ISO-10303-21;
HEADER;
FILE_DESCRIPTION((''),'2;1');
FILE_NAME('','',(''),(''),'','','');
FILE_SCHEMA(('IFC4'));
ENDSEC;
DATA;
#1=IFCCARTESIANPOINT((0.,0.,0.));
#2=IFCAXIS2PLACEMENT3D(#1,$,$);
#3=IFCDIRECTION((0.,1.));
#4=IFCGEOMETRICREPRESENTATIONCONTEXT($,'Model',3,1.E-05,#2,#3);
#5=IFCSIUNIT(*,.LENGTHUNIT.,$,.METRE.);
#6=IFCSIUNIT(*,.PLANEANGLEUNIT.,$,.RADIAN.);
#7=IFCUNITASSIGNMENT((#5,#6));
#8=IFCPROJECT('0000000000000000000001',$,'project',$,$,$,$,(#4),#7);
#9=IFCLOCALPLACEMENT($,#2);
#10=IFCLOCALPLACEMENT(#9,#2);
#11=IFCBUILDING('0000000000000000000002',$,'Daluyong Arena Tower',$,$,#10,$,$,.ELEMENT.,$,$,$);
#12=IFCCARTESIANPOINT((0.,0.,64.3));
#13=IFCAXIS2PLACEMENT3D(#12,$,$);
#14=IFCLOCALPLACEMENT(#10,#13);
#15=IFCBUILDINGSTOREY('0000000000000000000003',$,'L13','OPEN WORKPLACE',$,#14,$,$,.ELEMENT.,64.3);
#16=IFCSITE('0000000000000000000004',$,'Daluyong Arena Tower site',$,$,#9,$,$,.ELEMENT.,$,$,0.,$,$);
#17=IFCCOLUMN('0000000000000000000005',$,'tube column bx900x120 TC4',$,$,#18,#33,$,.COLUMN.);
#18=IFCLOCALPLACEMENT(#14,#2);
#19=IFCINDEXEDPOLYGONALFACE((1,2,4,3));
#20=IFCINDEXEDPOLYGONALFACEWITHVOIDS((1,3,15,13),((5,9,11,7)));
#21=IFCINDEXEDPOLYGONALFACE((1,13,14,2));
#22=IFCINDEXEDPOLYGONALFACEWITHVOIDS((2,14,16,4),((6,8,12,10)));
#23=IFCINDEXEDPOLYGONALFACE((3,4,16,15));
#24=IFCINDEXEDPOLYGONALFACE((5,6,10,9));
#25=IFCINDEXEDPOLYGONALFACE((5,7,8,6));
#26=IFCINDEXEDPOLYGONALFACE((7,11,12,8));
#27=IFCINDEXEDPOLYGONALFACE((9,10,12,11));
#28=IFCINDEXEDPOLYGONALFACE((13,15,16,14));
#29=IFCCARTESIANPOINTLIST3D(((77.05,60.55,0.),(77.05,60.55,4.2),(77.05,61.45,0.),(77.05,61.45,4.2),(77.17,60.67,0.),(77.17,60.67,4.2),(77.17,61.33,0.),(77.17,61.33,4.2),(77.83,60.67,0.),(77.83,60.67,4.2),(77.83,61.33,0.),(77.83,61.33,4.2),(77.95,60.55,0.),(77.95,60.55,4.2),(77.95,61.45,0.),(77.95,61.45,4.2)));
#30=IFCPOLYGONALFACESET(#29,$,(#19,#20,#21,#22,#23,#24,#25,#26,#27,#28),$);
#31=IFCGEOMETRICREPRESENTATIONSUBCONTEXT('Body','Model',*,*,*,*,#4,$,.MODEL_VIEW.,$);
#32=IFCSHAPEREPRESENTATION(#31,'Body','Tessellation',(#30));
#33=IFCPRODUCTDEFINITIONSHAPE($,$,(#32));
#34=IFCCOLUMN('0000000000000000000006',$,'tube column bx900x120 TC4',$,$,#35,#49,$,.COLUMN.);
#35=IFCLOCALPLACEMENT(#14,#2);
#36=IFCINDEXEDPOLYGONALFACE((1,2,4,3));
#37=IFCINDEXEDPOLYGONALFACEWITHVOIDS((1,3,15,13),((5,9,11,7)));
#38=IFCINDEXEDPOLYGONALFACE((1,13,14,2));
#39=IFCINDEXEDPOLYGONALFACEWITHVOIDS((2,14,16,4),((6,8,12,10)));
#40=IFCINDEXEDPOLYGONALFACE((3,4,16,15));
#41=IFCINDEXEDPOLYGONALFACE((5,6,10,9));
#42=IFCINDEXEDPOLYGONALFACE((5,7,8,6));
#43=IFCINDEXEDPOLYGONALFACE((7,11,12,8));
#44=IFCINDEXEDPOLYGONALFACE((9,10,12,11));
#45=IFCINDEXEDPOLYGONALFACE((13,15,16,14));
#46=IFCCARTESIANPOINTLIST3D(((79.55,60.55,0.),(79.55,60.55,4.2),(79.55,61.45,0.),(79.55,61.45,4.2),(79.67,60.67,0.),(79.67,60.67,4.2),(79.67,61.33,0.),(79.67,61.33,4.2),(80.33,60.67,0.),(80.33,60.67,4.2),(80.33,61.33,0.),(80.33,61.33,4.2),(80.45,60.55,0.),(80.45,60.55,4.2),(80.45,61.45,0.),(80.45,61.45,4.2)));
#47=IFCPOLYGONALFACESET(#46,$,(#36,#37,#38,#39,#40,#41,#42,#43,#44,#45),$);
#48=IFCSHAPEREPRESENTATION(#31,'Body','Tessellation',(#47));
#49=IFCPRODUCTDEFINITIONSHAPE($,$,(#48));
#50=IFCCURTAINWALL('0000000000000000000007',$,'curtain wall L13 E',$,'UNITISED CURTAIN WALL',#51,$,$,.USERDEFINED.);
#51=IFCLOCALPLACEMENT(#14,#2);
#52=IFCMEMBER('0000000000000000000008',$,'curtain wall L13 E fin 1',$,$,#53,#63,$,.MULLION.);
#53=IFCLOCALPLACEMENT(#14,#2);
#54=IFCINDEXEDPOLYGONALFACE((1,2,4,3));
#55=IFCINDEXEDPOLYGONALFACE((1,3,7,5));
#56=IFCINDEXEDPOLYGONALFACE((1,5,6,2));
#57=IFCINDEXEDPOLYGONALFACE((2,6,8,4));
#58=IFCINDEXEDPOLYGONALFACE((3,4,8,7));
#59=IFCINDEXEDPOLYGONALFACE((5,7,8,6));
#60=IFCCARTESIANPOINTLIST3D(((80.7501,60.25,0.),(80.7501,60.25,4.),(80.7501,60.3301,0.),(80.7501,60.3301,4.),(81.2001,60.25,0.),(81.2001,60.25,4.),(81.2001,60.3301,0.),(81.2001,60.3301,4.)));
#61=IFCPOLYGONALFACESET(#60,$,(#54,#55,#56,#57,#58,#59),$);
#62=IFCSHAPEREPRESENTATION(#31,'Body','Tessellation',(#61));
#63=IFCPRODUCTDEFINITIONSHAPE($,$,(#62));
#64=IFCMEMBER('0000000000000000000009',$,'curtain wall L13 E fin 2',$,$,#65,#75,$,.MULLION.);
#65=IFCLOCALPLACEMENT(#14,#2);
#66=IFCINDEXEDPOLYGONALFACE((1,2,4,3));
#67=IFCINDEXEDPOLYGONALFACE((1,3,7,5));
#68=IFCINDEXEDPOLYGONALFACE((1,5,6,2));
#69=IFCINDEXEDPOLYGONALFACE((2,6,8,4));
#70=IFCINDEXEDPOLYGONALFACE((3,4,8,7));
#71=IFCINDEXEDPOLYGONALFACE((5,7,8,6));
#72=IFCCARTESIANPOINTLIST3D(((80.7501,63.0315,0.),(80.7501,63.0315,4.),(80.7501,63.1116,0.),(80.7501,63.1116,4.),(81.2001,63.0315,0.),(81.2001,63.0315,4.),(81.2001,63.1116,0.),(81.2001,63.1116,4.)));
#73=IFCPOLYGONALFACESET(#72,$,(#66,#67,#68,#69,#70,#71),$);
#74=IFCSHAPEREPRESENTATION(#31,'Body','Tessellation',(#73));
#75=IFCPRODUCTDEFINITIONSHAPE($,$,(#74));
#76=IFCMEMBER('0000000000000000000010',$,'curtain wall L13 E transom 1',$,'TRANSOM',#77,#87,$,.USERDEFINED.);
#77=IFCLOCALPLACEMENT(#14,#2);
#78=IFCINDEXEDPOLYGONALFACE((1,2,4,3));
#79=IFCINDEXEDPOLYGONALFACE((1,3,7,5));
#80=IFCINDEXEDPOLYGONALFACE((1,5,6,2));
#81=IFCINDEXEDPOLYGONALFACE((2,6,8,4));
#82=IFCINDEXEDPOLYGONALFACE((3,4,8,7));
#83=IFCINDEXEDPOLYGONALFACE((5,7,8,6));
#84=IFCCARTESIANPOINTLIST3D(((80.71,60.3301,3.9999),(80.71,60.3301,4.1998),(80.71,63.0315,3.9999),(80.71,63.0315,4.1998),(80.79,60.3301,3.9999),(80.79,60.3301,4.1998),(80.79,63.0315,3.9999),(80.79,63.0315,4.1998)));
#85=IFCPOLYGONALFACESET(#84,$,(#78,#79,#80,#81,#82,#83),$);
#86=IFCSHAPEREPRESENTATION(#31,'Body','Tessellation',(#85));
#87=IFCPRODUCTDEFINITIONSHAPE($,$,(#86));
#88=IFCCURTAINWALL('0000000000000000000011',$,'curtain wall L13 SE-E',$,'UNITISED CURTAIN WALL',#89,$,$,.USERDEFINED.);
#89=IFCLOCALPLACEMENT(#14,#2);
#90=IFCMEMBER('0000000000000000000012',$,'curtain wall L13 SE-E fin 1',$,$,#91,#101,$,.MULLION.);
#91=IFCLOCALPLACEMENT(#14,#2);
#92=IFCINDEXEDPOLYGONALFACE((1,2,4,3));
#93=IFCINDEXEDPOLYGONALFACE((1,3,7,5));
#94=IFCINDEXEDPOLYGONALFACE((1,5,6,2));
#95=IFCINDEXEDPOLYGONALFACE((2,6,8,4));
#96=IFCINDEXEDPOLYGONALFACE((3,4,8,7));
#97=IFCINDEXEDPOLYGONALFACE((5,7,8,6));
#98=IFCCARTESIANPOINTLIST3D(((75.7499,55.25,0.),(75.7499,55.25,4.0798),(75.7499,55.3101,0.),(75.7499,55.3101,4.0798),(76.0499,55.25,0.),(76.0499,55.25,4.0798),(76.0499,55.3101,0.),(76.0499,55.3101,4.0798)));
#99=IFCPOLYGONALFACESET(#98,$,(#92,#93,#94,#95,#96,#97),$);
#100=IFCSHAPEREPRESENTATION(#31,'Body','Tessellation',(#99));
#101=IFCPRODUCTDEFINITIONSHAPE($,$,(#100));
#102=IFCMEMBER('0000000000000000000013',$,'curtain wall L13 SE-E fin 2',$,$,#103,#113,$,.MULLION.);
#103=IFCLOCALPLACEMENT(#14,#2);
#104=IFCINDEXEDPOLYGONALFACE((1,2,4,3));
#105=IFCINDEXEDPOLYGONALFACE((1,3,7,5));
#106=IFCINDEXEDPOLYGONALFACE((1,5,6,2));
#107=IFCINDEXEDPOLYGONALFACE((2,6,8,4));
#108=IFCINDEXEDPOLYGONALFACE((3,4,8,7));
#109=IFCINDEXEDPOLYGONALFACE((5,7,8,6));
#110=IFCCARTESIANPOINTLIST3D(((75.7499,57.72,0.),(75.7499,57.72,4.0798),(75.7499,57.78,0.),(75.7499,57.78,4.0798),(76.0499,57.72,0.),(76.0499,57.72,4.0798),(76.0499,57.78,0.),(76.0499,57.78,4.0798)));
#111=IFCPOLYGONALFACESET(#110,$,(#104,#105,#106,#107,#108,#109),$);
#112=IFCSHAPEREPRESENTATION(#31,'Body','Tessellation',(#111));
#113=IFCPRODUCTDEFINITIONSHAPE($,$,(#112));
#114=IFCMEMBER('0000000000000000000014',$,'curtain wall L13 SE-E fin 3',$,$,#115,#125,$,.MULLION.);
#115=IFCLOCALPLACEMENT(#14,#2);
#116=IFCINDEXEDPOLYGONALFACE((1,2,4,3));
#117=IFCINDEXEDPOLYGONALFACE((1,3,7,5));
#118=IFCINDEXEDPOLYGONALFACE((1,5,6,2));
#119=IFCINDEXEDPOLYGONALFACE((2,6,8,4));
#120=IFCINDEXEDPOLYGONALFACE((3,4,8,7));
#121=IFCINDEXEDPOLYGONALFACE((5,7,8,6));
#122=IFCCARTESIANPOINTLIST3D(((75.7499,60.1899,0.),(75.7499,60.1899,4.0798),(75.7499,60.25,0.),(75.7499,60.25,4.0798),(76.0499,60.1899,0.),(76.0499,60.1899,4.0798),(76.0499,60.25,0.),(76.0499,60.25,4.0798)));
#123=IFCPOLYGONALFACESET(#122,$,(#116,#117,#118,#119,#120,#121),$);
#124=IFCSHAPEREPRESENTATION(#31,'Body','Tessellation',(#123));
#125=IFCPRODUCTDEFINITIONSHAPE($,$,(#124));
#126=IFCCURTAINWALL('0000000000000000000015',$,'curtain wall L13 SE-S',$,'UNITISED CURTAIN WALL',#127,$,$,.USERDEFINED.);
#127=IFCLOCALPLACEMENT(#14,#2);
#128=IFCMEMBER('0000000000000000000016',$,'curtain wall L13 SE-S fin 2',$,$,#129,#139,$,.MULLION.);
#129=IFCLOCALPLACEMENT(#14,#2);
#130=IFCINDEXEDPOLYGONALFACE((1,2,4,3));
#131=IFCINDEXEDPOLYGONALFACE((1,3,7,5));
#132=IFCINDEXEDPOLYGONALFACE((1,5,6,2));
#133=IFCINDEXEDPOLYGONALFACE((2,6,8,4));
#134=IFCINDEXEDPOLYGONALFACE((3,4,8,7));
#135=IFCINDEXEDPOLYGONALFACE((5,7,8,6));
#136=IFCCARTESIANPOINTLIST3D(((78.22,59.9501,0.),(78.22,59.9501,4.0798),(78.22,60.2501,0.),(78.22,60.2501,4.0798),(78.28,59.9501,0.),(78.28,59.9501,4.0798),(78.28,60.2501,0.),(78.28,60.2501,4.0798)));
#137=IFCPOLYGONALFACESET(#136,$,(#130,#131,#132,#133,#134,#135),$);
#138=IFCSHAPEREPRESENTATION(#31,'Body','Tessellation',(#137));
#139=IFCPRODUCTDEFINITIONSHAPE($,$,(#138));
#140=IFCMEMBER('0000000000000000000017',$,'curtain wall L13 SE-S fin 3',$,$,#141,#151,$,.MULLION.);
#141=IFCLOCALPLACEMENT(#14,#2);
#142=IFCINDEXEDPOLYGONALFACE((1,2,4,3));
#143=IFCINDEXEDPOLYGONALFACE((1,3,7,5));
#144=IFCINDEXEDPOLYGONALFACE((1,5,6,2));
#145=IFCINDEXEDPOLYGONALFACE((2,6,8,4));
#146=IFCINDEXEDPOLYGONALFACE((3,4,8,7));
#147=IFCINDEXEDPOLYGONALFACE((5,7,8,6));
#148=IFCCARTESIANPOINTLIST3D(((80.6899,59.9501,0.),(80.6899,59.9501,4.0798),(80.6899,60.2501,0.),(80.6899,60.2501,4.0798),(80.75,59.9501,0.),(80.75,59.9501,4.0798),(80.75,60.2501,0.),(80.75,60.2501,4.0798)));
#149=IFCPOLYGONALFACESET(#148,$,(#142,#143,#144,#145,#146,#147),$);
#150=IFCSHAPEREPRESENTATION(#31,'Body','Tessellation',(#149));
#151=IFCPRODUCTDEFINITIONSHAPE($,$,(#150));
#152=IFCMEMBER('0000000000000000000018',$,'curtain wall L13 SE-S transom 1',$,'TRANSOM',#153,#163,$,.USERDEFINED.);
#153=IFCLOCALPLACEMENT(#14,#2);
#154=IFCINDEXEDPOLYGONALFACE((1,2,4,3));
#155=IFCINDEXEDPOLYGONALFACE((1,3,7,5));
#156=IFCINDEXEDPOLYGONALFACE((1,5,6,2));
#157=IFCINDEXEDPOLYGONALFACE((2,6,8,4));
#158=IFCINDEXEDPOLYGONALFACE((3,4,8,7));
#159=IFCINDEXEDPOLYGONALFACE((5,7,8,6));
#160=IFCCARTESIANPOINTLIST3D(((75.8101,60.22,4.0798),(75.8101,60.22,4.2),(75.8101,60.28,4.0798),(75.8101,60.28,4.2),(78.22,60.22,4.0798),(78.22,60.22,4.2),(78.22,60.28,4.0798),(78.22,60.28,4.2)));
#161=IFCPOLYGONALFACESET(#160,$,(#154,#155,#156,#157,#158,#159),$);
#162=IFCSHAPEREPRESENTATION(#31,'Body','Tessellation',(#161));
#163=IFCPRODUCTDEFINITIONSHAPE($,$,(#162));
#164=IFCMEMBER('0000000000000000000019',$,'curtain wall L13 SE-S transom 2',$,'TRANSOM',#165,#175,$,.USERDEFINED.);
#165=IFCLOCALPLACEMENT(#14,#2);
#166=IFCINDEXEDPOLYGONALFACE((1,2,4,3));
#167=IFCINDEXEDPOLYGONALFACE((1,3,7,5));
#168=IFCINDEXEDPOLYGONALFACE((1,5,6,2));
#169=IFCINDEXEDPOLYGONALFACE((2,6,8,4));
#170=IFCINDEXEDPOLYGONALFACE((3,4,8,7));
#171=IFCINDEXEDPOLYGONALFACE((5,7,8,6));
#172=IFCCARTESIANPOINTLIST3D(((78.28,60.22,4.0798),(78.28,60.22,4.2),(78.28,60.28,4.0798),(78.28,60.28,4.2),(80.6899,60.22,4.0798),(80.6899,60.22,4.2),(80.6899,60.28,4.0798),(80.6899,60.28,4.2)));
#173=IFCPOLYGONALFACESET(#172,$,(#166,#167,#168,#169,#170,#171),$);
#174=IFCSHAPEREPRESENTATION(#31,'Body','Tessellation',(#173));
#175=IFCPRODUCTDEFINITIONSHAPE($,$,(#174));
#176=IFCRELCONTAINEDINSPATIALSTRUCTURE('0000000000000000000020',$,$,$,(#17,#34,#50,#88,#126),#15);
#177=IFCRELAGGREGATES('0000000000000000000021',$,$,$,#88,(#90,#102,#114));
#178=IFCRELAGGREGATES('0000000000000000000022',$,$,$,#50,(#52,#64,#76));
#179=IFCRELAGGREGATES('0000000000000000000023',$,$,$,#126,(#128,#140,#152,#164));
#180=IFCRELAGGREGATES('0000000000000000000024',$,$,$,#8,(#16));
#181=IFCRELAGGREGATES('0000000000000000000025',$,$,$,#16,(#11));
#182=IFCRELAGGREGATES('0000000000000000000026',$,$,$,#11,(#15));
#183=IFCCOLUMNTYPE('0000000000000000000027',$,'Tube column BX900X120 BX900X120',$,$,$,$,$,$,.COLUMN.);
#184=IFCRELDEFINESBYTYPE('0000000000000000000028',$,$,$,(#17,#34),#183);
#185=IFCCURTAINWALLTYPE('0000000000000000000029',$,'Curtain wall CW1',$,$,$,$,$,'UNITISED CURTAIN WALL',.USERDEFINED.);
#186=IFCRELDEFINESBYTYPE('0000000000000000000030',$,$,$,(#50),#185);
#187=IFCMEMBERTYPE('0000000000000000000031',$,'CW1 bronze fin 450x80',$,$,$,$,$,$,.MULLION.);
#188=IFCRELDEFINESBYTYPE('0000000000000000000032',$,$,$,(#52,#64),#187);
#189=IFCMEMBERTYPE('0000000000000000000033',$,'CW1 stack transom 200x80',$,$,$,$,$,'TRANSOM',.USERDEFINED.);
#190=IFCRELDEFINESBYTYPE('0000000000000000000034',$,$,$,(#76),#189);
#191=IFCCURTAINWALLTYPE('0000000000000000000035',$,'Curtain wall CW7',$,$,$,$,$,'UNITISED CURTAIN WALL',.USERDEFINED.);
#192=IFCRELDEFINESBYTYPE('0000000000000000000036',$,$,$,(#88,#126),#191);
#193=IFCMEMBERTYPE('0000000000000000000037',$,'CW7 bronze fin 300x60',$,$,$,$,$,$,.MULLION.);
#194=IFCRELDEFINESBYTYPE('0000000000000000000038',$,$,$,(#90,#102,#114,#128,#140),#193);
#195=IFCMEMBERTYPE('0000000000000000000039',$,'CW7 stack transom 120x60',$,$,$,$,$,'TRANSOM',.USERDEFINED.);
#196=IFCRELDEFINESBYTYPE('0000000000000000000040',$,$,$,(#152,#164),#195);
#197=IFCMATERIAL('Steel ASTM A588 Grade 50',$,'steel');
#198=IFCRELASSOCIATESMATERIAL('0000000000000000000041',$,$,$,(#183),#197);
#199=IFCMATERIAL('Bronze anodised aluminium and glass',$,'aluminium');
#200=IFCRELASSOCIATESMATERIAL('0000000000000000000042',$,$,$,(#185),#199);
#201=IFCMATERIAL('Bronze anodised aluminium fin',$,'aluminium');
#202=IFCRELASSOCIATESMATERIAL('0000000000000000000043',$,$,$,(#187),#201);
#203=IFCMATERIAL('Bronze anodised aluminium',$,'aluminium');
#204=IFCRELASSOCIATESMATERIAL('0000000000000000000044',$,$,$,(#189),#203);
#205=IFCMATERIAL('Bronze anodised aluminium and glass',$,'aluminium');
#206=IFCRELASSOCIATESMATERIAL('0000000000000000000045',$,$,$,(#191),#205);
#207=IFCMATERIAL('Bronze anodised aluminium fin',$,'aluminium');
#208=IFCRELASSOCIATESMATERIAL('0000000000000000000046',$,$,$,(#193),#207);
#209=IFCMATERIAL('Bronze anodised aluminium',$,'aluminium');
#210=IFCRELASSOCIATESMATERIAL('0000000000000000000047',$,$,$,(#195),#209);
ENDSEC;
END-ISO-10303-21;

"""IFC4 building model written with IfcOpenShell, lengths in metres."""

from ifc_helpers import new_model, si_unit, direction, frame, origin, origin_2d, place, context, subcontext, project, spatial, rectangle, hollow_rectangle, extrude, material, material_profile, profile_set, type_object, element, aggregate, save


model = new_model("IFC4")

# Units and contexts
model_context = context("Model", 3, precision=1e-05, world=origin(), true_north=direction((0.0, 1.0)))
body_context = subcontext(model_context, "Body", "Model", "MODEL_VIEW")
ifc_project = project(units=[si_unit("LENGTHUNIT", "METRE"), si_unit("PLANEANGLEUNIT", "RADIAN")], contexts=[model_context])

# Site, building, storey
site_placement = place(None, origin())
site = spatial("IfcSite", under=ifc_project, at=site_placement, Name="Daluyong Arena Tower site", CompositionType="ELEMENT", RefElevation=0.0)
building_placement = place(site_placement, origin())
building = spatial("IfcBuilding", under=site, at=building_placement, Name="Daluyong Arena Tower", CompositionType="ELEMENT")
storey_placement = place(building_placement, frame((0.0, 0.0, 64.3)))
storey = spatial("IfcBuildingStorey", under=building, at=storey_placement, Name="L13", Description="OPEN WORKPLACE", CompositionType="ELEMENT", Elevation=64.3)

# Columns
ifc_material_1 = material(Name="Steel ASTM A588 Grade 50", Category="steel")
ifc_material_profile_1 = material_profile(ifc_material_1, hollow_rectangle(XDim=0.8999, YDim=0.8999, WallThickness=0.12, at=origin_2d()))
ifc_profile_set_1 = profile_set([ifc_material_profile_1], Name="Steel ASTM A588 Grade 50")
column_type = type_object("IfcColumnType", Name="Tube column BX900X120 BX900X120", PredefinedType="COLUMN", material=ifc_profile_set_1)
for number, where, z_axis, x_axis, name in (
    (1, (77.5, 61.0, 0.0), (0.0, 0.0, 1.0), (1.0, 0.0, 0.0), "tube column bx900x120 TC4"),
    (2, (80.0, 61.0, 0.0), (0.0, 0.0, 1.0), (0.0, 1.0, 0.0), "tube column bx900x120 TC4"),
):
    element("IfcColumn", number, at=place(storey_placement, frame(where, z_axis=z_axis, x_axis=x_axis)), inside=storey, type_object=column_type, Name=name, PredefinedType="COLUMN", context=body_context, shape_type="SweptSolid", body=[
        extrude(hollow_rectangle(XDim=0.8999, YDim=0.8999, WallThickness=0.12, at=origin_2d()), origin(), (0.0, 0.0, 1.0), 4.2),
    ])

# Curtain walls, members
ifc_material_2 = material(Name="Bronze anodised aluminium and glass", Category="aluminium")
curtain_wall_type_1 = type_object("IfcCurtainWallType", Name="Curtain wall CW1", ElementType="UNITISED CURTAIN WALL", PredefinedType="USERDEFINED", material=ifc_material_2)
curtain_wall_1_placement = place(storey_placement, origin())
curtain_wall_1 = element("IfcCurtainWall", 3, at=curtain_wall_1_placement, inside=storey, type_object=curtain_wall_type_1, Name="curtain wall L13 E", ObjectType="UNITISED CURTAIN WALL", PredefinedType="USERDEFINED")
ifc_material_3 = material(Name="Bronze anodised aluminium fin", Category="aluminium")
ifc_material_profile_2 = material_profile(ifc_material_3, rectangle(XDim=0.45, YDim=0.0801, at=origin_2d()))
ifc_profile_set_2 = profile_set([ifc_material_profile_2], Name="Bronze anodised aluminium fin")
member_type_1 = type_object("IfcMemberType", Name="CW1 bronze fin 450x80", PredefinedType="MULLION", material=ifc_profile_set_2)
member_1_placement = place(storey_placement, frame((80.9751, 60.29, 0.0), z_axis=(0.0, 0.0, 1.0), x_axis=(-1.0, 0.0, 0.0)))
member_1 = element("IfcMember", 4, at=member_1_placement, type_object=member_type_1, Name="curtain wall L13 E fin 1", PredefinedType="MULLION", context=body_context, shape_type="SweptSolid", body=[
    extrude(rectangle(XDim=0.45, YDim=0.0801, at=origin_2d()), origin(), (0.0, 0.0, 1.0), 4.0),
])
member_2_placement = place(storey_placement, frame((80.9751, 63.0715, 0.0), z_axis=(0.0, 0.0, 1.0), x_axis=(-1.0, 0.0, 0.0)))
member_2 = element("IfcMember", 5, at=member_2_placement, type_object=member_type_1, Name="curtain wall L13 E fin 2", PredefinedType="MULLION", context=body_context, shape_type="SweptSolid", body=[
    extrude(rectangle(XDim=0.45, YDim=0.0801, at=origin_2d()), origin(), (0.0, 0.0, 1.0), 4.0),
])
ifc_material_4 = material(Name="Bronze anodised aluminium", Category="aluminium")
ifc_material_profile_3 = material_profile(ifc_material_4, rectangle(XDim=0.0801, YDim=0.2, at=origin_2d()))
ifc_profile_set_3 = profile_set([ifc_material_profile_3], Name="Bronze anodised aluminium")
member_type_2 = type_object("IfcMemberType", Name="CW1 stack transom 200x80", ElementType="TRANSOM", PredefinedType="USERDEFINED", material=ifc_profile_set_3)
member_3_placement = place(storey_placement, frame((80.75, 60.3301, 4.0999), z_axis=(0.0, 1.0, 0.0), x_axis=(-1.0, 0.0, 0.0)))
member_3 = element("IfcMember", 6, at=member_3_placement, type_object=member_type_2, Name="curtain wall L13 E transom 1", ObjectType="TRANSOM", PredefinedType="USERDEFINED", context=body_context, shape_type="SweptSolid", body=[
    extrude(rectangle(XDim=0.0801, YDim=0.2, at=origin_2d()), origin(), (0.0, 0.0, 1.0), 2.7014),
])
ifc_material_5 = material(Name="Bronze anodised aluminium and glass", Category="aluminium")
curtain_wall_type_2 = type_object("IfcCurtainWallType", Name="Curtain wall CW7", ElementType="UNITISED CURTAIN WALL", PredefinedType="USERDEFINED", material=ifc_material_5)
curtain_wall_2_placement = place(storey_placement, origin())
curtain_wall_2 = element("IfcCurtainWall", 7, at=curtain_wall_2_placement, inside=storey, type_object=curtain_wall_type_2, Name="curtain wall L13 SE-E", ObjectType="UNITISED CURTAIN WALL", PredefinedType="USERDEFINED")
ifc_material_6 = material(Name="Bronze anodised aluminium fin", Category="aluminium")
ifc_material_profile_4 = material_profile(ifc_material_6, rectangle(XDim=0.3, YDim=0.0601, at=origin_2d()))
ifc_profile_set_4 = profile_set([ifc_material_profile_4], Name="Bronze anodised aluminium fin")
member_type_3 = type_object("IfcMemberType", Name="CW7 bronze fin 300x60", PredefinedType="MULLION", material=ifc_profile_set_4)
member_4_placement = place(storey_placement, frame((75.8999, 55.28, 0.0), z_axis=(0.0, 0.0, 1.0), x_axis=(-1.0, 0.0, 0.0)))
member_4 = element("IfcMember", 8, at=member_4_placement, type_object=member_type_3, Name="curtain wall L13 SE-E fin 1", PredefinedType="MULLION", context=body_context, shape_type="SweptSolid", body=[
    extrude(rectangle(XDim=0.3, YDim=0.0601, at=origin_2d()), origin(), (0.0, 0.0, 1.0), 4.0798),
])
member_5_placement = place(storey_placement, frame((75.8999, 57.75, 0.0), z_axis=(0.0, 0.0, 1.0), x_axis=(-1.0, 0.0, 0.0)))
member_5 = element("IfcMember", 9, at=member_5_placement, type_object=member_type_3, Name="curtain wall L13 SE-E fin 2", PredefinedType="MULLION", context=body_context, shape_type="SweptSolid", body=[
    extrude(rectangle(XDim=0.3, YDim=0.0601, at=origin_2d()), origin(), (0.0, 0.0, 1.0), 4.0798),
])
member_6_placement = place(storey_placement, frame((75.8999, 60.22, 0.0), z_axis=(0.0, 0.0, 1.0), x_axis=(-1.0, 0.0, 0.0)))
member_6 = element("IfcMember", 10, at=member_6_placement, type_object=member_type_3, Name="curtain wall L13 SE-E fin 3", PredefinedType="MULLION", context=body_context, shape_type="SweptSolid", body=[
    extrude(rectangle(XDim=0.3, YDim=0.0601, at=origin_2d()), origin(), (0.0, 0.0, 1.0), 4.0798),
])
aggregate(curtain_wall_2, [member_4, member_5, member_6])
curtain_wall_3_placement = place(storey_placement, origin())
curtain_wall_3 = element("IfcCurtainWall", 11, at=curtain_wall_3_placement, inside=storey, type_object=curtain_wall_type_2, Name="curtain wall L13 SE-S", ObjectType="UNITISED CURTAIN WALL", PredefinedType="USERDEFINED")
member_7_placement = place(storey_placement, frame((78.25, 60.1001, 0.0), z_axis=(0.0, 0.0, 1.0), x_axis=(0.0, 1.0, 0.0)))
member_7 = element("IfcMember", 12, at=member_7_placement, type_object=member_type_3, Name="curtain wall L13 SE-S fin 2", PredefinedType="MULLION", context=body_context, shape_type="SweptSolid", body=[
    extrude(rectangle(XDim=0.3, YDim=0.0601, at=origin_2d()), origin(), (0.0, 0.0, 1.0), 4.0798),
])
member_8_placement = place(storey_placement, frame((80.72, 60.1001, 0.0), z_axis=(0.0, 0.0, 1.0), x_axis=(0.0, 1.0, 0.0)))
member_8 = element("IfcMember", 13, at=member_8_placement, type_object=member_type_3, Name="curtain wall L13 SE-S fin 3", PredefinedType="MULLION", context=body_context, shape_type="SweptSolid", body=[
    extrude(rectangle(XDim=0.3, YDim=0.0601, at=origin_2d()), origin(), (0.0, 0.0, 1.0), 4.0798),
])
ifc_material_7 = material(Name="Bronze anodised aluminium", Category="aluminium")
ifc_material_profile_5 = material_profile(ifc_material_7, rectangle(XDim=0.0601, YDim=0.1201, at=origin_2d()))
ifc_profile_set_5 = profile_set([ifc_material_profile_5], Name="Bronze anodised aluminium")
member_type_4 = type_object("IfcMemberType", Name="CW7 stack transom 120x60", ElementType="TRANSOM", PredefinedType="USERDEFINED", material=ifc_profile_set_5)
member_9_placement = place(storey_placement, frame((75.8101, 60.25, 4.1399), z_axis=(1.0, 0.0, 0.0), x_axis=(0.0, 1.0, 0.0)))
member_9 = element("IfcMember", 14, at=member_9_placement, type_object=member_type_4, Name="curtain wall L13 SE-S transom 1", ObjectType="TRANSOM", PredefinedType="USERDEFINED", context=body_context, shape_type="SweptSolid", body=[
    extrude(rectangle(XDim=0.0601, YDim=0.1201, at=origin_2d()), origin(), (0.0, 0.0, 1.0), 2.4099),
])
member_10_placement = place(storey_placement, frame((78.28, 60.25, 4.1399), z_axis=(1.0, 0.0, 0.0), x_axis=(0.0, 1.0, 0.0)))
member_10 = element("IfcMember", 15, at=member_10_placement, type_object=member_type_4, Name="curtain wall L13 SE-S transom 2", ObjectType="TRANSOM", PredefinedType="USERDEFINED", context=body_context, shape_type="SweptSolid", body=[
    extrude(rectangle(XDim=0.0601, YDim=0.1201, at=origin_2d()), origin(), (0.0, 0.0, 1.0), 2.4099),
])

aggregate(curtain_wall_1, [member_1, member_2, member_3])
aggregate(curtain_wall_3, [member_7, member_8, member_9, member_10])

save(model, "model.ifc")
